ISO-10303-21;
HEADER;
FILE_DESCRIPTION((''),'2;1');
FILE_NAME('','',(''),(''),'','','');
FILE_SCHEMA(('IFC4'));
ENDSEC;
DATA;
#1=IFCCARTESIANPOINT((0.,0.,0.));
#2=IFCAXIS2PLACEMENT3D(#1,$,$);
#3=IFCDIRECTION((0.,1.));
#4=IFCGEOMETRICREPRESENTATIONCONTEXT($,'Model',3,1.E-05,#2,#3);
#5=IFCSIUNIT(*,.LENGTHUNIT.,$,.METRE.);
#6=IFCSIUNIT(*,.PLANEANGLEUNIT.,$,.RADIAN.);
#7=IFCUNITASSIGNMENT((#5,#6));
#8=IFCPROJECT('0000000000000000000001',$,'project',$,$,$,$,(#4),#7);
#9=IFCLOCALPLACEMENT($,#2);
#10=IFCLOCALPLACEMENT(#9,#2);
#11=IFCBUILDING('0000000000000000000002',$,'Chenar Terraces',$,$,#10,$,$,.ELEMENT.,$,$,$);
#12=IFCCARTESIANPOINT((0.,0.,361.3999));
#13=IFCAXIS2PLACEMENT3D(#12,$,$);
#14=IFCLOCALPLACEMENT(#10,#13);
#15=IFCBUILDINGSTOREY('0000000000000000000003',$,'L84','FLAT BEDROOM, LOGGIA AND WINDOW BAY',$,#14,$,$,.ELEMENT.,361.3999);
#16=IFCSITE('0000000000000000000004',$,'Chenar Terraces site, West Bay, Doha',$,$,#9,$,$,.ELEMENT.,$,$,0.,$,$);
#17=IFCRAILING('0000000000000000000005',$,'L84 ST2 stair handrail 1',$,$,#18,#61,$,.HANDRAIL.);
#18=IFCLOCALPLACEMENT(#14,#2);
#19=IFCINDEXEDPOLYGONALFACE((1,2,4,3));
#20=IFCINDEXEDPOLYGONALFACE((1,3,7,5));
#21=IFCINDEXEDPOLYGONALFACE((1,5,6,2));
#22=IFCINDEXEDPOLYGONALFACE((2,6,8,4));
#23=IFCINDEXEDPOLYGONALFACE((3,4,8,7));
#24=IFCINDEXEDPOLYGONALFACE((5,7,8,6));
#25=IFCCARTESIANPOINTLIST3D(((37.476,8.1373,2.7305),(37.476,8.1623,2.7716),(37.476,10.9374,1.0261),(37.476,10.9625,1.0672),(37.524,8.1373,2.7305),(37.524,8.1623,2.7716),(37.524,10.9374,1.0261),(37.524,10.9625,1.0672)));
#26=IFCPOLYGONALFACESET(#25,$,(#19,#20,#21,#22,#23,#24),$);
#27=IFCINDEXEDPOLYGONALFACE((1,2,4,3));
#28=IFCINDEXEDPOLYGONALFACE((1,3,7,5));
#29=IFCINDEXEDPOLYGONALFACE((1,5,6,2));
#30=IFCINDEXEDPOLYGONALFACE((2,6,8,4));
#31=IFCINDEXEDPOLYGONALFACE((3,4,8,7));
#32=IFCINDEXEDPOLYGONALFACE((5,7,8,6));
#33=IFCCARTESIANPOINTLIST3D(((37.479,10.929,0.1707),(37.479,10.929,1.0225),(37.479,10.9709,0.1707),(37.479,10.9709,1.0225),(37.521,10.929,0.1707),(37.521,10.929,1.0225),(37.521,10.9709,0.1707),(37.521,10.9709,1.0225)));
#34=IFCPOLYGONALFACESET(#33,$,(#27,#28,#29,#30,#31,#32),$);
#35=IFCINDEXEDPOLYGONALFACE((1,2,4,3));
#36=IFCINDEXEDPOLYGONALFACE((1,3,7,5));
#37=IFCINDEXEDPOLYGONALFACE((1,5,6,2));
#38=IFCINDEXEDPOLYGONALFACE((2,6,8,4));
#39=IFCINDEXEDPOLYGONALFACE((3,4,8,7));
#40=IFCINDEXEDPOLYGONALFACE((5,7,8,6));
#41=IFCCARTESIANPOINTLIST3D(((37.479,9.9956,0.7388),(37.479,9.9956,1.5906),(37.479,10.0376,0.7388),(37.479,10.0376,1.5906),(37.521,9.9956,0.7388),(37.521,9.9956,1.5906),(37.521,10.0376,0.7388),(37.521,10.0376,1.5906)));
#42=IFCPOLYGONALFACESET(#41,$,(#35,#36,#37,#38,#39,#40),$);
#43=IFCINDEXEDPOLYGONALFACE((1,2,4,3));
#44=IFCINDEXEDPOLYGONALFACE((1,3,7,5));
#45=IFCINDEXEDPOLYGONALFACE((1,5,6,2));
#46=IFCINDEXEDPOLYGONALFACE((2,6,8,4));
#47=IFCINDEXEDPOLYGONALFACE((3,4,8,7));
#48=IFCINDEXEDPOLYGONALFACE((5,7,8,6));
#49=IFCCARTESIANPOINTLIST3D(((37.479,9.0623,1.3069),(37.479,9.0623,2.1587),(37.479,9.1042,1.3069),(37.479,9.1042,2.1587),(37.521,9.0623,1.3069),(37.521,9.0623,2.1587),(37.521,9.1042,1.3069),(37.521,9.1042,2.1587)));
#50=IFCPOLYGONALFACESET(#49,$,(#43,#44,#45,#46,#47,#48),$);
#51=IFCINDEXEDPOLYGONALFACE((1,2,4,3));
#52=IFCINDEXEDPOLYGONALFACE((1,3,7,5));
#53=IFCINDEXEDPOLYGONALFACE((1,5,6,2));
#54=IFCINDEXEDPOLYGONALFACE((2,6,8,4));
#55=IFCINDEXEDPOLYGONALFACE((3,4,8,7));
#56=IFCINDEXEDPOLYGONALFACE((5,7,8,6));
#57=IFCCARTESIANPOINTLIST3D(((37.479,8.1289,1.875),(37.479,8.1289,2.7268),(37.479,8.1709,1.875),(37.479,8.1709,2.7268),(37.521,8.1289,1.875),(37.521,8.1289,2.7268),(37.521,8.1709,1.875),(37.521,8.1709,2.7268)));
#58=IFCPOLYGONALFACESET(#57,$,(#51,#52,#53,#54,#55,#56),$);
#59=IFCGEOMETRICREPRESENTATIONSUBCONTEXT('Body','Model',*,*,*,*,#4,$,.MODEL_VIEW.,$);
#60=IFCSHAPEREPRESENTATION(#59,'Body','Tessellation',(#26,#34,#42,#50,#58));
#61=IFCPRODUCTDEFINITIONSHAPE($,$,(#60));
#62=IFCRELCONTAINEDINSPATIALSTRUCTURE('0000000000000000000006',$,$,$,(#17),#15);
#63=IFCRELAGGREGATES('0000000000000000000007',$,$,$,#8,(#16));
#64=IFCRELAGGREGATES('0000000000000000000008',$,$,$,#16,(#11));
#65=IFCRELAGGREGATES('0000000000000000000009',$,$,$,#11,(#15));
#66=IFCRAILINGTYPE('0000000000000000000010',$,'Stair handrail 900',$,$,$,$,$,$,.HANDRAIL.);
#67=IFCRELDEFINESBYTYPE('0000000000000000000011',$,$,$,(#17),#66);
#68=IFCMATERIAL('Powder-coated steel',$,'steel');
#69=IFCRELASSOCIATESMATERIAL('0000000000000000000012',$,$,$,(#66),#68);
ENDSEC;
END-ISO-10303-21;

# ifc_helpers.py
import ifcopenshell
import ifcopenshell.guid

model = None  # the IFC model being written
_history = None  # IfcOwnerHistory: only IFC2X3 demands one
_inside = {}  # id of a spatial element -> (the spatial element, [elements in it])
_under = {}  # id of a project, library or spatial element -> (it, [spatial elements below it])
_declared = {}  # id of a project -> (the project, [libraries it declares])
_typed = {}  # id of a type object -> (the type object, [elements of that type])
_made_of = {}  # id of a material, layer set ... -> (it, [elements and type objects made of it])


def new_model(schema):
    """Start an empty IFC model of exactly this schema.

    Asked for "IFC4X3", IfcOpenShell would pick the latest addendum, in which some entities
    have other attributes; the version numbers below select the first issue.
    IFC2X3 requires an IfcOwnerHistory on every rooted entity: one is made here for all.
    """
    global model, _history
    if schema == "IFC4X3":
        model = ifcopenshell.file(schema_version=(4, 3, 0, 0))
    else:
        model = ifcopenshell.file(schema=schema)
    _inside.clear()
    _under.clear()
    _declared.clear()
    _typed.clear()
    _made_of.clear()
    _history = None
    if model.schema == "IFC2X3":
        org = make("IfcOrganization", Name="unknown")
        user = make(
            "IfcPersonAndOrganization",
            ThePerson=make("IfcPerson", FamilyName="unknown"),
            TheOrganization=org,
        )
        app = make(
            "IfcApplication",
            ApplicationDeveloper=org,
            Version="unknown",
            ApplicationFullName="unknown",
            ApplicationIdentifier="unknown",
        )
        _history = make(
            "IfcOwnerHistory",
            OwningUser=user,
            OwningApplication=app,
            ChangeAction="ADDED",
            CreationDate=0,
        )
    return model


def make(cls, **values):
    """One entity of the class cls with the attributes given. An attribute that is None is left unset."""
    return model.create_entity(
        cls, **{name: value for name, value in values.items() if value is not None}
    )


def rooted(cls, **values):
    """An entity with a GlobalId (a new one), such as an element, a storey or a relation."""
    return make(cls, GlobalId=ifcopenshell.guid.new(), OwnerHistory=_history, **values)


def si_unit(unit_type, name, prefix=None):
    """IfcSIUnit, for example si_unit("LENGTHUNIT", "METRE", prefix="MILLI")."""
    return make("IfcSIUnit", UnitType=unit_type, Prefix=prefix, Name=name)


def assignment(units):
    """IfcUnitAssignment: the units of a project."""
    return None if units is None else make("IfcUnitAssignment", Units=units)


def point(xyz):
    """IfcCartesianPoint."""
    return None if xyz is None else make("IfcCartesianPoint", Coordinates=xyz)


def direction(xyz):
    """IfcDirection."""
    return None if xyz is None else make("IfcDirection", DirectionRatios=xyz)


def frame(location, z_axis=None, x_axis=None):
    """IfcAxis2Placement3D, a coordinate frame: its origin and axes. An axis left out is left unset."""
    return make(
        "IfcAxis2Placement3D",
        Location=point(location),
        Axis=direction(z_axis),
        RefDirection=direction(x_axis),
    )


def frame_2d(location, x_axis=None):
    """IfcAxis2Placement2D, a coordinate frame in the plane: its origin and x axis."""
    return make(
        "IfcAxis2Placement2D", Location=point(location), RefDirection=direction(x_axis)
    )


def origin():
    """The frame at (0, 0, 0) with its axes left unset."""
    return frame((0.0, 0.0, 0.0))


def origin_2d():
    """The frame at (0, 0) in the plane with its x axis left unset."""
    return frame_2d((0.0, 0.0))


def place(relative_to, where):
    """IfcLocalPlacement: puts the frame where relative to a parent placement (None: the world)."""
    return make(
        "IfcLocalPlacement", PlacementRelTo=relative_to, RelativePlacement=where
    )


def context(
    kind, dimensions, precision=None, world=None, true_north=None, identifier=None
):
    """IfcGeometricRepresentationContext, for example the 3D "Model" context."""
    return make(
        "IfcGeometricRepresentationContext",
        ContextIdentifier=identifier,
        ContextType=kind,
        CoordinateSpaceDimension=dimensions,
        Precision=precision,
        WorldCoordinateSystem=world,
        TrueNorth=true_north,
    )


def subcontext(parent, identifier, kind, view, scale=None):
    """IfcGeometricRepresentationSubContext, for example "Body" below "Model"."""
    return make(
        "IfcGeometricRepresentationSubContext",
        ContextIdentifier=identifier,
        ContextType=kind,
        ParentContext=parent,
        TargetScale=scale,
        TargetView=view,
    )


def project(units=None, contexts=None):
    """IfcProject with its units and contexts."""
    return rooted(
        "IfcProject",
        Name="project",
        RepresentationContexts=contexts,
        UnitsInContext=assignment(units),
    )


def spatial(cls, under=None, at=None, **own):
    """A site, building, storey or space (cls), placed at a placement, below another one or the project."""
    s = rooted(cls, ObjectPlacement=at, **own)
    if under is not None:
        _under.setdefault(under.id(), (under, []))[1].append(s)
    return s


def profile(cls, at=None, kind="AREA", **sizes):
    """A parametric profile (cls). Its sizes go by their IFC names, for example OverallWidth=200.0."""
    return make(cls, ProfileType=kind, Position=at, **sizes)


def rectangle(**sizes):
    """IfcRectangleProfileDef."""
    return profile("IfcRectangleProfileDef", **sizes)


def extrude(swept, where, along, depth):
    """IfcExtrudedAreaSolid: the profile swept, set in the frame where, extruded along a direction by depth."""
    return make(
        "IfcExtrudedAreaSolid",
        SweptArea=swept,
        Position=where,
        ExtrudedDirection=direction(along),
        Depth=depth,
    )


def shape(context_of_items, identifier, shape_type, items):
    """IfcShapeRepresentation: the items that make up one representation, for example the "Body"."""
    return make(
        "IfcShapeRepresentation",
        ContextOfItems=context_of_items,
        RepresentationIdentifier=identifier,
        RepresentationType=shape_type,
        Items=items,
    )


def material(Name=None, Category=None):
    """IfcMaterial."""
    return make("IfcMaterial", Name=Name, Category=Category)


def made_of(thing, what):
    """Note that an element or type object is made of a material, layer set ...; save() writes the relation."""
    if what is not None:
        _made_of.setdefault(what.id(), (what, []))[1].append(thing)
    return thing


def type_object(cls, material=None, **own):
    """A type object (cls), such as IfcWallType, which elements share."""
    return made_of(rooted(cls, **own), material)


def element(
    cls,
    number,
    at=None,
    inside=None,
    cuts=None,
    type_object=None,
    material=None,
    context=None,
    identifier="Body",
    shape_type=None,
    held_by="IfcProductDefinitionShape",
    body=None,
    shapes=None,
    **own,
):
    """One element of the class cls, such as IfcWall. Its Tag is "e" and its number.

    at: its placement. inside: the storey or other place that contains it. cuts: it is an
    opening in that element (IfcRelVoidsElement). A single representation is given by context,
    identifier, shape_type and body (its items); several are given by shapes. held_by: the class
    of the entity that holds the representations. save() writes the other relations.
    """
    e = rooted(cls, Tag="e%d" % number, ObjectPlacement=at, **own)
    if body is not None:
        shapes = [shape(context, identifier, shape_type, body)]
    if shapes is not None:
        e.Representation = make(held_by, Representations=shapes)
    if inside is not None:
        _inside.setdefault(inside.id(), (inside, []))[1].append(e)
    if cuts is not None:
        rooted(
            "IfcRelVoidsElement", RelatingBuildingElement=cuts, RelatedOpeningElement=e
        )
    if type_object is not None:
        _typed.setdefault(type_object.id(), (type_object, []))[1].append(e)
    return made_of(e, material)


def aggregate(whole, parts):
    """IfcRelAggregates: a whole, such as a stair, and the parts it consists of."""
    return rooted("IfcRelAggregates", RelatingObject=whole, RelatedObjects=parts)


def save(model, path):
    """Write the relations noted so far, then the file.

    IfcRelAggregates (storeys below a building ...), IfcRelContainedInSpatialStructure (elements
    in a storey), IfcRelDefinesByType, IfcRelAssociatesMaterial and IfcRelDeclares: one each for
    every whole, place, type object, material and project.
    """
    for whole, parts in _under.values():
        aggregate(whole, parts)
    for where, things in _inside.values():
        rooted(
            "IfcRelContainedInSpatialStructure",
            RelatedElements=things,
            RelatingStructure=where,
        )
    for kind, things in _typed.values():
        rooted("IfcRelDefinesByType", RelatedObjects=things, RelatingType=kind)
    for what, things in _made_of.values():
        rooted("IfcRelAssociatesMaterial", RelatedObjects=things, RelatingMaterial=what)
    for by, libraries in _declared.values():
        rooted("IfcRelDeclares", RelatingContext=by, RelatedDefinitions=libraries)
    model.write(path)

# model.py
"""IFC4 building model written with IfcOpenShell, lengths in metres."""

from ifc_helpers import new_model, si_unit, direction, frame, origin, origin_2d, place, context, subcontext, project, spatial, rectangle, extrude, material, type_object, element, save


model = new_model("IFC4")

# Units and contexts
model_context = context("Model", 3, precision=1e-05, world=origin(), true_north=direction((0.0, 1.0)))
body_context = subcontext(model_context, "Body", "Model", "MODEL_VIEW")
ifc_project = project(units=[si_unit("LENGTHUNIT", "METRE"), si_unit("PLANEANGLEUNIT", "RADIAN")], contexts=[model_context])

# Site, building, storey
site_placement = place(None, origin())
site = spatial("IfcSite", under=ifc_project, at=site_placement, Name="Chenar Terraces site, West Bay, Doha", CompositionType="ELEMENT", RefElevation=0.0)
building_placement = place(site_placement, origin())
building = spatial("IfcBuilding", under=site, at=building_placement, Name="Chenar Terraces", CompositionType="ELEMENT")
storey_placement = place(building_placement, frame((0.0, 0.0, 361.3999)))
storey = spatial("IfcBuildingStorey", under=building, at=storey_placement, Name="L84", Description="FLAT BEDROOM, LOGGIA AND WINDOW BAY", CompositionType="ELEMENT", Elevation=361.3999)

# Railing
ifc_material_1 = material(Name="Powder-coated steel", Category="steel")
railing_type = type_object("IfcRailingType", Name="Stair handrail 900", PredefinedType="HANDRAIL", material=ifc_material_1)
railing_placement = place(storey_placement, frame((37.5, 10.95, 0.1707)))
element("IfcRailing", 1, at=railing_placement, inside=storey, type_object=railing_type, Name="L84 ST2 stair handrail 1", PredefinedType="HANDRAIL", context=body_context, shape_type="SweptSolid", body=[
    extrude(rectangle(XDim=0.0481, YDim=0.0481, at=origin_2d()), frame((0.0, 0.0, 0.876), z_axis=(0.0, -0.854203, 0.51994), x_axis=(1.0, 0.0, 0.0)), (0.0, 0.0, 1.0), 3.2781),
    extrude(rectangle(XDim=0.042, YDim=0.042, at=origin_2d()), origin(), (0.0, 0.0, 1.0), 0.8518),
    extrude(rectangle(XDim=0.042, YDim=0.042, at=origin_2d()), frame((0.0, -0.9333, 0.5681)), (0.0, 0.0, 1.0), 0.8518),
    extrude(rectangle(XDim=0.042, YDim=0.042, at=origin_2d()), frame((0.0, -1.8667, 1.1362)), (0.0, 0.0, 1.0), 0.8518),
    extrude(rectangle(XDim=0.042, YDim=0.042, at=origin_2d()), frame((0.0, -2.8, 1.7043)), (0.0, 0.0, 1.0), 0.8518),
])

save(model, "model.ifc")
